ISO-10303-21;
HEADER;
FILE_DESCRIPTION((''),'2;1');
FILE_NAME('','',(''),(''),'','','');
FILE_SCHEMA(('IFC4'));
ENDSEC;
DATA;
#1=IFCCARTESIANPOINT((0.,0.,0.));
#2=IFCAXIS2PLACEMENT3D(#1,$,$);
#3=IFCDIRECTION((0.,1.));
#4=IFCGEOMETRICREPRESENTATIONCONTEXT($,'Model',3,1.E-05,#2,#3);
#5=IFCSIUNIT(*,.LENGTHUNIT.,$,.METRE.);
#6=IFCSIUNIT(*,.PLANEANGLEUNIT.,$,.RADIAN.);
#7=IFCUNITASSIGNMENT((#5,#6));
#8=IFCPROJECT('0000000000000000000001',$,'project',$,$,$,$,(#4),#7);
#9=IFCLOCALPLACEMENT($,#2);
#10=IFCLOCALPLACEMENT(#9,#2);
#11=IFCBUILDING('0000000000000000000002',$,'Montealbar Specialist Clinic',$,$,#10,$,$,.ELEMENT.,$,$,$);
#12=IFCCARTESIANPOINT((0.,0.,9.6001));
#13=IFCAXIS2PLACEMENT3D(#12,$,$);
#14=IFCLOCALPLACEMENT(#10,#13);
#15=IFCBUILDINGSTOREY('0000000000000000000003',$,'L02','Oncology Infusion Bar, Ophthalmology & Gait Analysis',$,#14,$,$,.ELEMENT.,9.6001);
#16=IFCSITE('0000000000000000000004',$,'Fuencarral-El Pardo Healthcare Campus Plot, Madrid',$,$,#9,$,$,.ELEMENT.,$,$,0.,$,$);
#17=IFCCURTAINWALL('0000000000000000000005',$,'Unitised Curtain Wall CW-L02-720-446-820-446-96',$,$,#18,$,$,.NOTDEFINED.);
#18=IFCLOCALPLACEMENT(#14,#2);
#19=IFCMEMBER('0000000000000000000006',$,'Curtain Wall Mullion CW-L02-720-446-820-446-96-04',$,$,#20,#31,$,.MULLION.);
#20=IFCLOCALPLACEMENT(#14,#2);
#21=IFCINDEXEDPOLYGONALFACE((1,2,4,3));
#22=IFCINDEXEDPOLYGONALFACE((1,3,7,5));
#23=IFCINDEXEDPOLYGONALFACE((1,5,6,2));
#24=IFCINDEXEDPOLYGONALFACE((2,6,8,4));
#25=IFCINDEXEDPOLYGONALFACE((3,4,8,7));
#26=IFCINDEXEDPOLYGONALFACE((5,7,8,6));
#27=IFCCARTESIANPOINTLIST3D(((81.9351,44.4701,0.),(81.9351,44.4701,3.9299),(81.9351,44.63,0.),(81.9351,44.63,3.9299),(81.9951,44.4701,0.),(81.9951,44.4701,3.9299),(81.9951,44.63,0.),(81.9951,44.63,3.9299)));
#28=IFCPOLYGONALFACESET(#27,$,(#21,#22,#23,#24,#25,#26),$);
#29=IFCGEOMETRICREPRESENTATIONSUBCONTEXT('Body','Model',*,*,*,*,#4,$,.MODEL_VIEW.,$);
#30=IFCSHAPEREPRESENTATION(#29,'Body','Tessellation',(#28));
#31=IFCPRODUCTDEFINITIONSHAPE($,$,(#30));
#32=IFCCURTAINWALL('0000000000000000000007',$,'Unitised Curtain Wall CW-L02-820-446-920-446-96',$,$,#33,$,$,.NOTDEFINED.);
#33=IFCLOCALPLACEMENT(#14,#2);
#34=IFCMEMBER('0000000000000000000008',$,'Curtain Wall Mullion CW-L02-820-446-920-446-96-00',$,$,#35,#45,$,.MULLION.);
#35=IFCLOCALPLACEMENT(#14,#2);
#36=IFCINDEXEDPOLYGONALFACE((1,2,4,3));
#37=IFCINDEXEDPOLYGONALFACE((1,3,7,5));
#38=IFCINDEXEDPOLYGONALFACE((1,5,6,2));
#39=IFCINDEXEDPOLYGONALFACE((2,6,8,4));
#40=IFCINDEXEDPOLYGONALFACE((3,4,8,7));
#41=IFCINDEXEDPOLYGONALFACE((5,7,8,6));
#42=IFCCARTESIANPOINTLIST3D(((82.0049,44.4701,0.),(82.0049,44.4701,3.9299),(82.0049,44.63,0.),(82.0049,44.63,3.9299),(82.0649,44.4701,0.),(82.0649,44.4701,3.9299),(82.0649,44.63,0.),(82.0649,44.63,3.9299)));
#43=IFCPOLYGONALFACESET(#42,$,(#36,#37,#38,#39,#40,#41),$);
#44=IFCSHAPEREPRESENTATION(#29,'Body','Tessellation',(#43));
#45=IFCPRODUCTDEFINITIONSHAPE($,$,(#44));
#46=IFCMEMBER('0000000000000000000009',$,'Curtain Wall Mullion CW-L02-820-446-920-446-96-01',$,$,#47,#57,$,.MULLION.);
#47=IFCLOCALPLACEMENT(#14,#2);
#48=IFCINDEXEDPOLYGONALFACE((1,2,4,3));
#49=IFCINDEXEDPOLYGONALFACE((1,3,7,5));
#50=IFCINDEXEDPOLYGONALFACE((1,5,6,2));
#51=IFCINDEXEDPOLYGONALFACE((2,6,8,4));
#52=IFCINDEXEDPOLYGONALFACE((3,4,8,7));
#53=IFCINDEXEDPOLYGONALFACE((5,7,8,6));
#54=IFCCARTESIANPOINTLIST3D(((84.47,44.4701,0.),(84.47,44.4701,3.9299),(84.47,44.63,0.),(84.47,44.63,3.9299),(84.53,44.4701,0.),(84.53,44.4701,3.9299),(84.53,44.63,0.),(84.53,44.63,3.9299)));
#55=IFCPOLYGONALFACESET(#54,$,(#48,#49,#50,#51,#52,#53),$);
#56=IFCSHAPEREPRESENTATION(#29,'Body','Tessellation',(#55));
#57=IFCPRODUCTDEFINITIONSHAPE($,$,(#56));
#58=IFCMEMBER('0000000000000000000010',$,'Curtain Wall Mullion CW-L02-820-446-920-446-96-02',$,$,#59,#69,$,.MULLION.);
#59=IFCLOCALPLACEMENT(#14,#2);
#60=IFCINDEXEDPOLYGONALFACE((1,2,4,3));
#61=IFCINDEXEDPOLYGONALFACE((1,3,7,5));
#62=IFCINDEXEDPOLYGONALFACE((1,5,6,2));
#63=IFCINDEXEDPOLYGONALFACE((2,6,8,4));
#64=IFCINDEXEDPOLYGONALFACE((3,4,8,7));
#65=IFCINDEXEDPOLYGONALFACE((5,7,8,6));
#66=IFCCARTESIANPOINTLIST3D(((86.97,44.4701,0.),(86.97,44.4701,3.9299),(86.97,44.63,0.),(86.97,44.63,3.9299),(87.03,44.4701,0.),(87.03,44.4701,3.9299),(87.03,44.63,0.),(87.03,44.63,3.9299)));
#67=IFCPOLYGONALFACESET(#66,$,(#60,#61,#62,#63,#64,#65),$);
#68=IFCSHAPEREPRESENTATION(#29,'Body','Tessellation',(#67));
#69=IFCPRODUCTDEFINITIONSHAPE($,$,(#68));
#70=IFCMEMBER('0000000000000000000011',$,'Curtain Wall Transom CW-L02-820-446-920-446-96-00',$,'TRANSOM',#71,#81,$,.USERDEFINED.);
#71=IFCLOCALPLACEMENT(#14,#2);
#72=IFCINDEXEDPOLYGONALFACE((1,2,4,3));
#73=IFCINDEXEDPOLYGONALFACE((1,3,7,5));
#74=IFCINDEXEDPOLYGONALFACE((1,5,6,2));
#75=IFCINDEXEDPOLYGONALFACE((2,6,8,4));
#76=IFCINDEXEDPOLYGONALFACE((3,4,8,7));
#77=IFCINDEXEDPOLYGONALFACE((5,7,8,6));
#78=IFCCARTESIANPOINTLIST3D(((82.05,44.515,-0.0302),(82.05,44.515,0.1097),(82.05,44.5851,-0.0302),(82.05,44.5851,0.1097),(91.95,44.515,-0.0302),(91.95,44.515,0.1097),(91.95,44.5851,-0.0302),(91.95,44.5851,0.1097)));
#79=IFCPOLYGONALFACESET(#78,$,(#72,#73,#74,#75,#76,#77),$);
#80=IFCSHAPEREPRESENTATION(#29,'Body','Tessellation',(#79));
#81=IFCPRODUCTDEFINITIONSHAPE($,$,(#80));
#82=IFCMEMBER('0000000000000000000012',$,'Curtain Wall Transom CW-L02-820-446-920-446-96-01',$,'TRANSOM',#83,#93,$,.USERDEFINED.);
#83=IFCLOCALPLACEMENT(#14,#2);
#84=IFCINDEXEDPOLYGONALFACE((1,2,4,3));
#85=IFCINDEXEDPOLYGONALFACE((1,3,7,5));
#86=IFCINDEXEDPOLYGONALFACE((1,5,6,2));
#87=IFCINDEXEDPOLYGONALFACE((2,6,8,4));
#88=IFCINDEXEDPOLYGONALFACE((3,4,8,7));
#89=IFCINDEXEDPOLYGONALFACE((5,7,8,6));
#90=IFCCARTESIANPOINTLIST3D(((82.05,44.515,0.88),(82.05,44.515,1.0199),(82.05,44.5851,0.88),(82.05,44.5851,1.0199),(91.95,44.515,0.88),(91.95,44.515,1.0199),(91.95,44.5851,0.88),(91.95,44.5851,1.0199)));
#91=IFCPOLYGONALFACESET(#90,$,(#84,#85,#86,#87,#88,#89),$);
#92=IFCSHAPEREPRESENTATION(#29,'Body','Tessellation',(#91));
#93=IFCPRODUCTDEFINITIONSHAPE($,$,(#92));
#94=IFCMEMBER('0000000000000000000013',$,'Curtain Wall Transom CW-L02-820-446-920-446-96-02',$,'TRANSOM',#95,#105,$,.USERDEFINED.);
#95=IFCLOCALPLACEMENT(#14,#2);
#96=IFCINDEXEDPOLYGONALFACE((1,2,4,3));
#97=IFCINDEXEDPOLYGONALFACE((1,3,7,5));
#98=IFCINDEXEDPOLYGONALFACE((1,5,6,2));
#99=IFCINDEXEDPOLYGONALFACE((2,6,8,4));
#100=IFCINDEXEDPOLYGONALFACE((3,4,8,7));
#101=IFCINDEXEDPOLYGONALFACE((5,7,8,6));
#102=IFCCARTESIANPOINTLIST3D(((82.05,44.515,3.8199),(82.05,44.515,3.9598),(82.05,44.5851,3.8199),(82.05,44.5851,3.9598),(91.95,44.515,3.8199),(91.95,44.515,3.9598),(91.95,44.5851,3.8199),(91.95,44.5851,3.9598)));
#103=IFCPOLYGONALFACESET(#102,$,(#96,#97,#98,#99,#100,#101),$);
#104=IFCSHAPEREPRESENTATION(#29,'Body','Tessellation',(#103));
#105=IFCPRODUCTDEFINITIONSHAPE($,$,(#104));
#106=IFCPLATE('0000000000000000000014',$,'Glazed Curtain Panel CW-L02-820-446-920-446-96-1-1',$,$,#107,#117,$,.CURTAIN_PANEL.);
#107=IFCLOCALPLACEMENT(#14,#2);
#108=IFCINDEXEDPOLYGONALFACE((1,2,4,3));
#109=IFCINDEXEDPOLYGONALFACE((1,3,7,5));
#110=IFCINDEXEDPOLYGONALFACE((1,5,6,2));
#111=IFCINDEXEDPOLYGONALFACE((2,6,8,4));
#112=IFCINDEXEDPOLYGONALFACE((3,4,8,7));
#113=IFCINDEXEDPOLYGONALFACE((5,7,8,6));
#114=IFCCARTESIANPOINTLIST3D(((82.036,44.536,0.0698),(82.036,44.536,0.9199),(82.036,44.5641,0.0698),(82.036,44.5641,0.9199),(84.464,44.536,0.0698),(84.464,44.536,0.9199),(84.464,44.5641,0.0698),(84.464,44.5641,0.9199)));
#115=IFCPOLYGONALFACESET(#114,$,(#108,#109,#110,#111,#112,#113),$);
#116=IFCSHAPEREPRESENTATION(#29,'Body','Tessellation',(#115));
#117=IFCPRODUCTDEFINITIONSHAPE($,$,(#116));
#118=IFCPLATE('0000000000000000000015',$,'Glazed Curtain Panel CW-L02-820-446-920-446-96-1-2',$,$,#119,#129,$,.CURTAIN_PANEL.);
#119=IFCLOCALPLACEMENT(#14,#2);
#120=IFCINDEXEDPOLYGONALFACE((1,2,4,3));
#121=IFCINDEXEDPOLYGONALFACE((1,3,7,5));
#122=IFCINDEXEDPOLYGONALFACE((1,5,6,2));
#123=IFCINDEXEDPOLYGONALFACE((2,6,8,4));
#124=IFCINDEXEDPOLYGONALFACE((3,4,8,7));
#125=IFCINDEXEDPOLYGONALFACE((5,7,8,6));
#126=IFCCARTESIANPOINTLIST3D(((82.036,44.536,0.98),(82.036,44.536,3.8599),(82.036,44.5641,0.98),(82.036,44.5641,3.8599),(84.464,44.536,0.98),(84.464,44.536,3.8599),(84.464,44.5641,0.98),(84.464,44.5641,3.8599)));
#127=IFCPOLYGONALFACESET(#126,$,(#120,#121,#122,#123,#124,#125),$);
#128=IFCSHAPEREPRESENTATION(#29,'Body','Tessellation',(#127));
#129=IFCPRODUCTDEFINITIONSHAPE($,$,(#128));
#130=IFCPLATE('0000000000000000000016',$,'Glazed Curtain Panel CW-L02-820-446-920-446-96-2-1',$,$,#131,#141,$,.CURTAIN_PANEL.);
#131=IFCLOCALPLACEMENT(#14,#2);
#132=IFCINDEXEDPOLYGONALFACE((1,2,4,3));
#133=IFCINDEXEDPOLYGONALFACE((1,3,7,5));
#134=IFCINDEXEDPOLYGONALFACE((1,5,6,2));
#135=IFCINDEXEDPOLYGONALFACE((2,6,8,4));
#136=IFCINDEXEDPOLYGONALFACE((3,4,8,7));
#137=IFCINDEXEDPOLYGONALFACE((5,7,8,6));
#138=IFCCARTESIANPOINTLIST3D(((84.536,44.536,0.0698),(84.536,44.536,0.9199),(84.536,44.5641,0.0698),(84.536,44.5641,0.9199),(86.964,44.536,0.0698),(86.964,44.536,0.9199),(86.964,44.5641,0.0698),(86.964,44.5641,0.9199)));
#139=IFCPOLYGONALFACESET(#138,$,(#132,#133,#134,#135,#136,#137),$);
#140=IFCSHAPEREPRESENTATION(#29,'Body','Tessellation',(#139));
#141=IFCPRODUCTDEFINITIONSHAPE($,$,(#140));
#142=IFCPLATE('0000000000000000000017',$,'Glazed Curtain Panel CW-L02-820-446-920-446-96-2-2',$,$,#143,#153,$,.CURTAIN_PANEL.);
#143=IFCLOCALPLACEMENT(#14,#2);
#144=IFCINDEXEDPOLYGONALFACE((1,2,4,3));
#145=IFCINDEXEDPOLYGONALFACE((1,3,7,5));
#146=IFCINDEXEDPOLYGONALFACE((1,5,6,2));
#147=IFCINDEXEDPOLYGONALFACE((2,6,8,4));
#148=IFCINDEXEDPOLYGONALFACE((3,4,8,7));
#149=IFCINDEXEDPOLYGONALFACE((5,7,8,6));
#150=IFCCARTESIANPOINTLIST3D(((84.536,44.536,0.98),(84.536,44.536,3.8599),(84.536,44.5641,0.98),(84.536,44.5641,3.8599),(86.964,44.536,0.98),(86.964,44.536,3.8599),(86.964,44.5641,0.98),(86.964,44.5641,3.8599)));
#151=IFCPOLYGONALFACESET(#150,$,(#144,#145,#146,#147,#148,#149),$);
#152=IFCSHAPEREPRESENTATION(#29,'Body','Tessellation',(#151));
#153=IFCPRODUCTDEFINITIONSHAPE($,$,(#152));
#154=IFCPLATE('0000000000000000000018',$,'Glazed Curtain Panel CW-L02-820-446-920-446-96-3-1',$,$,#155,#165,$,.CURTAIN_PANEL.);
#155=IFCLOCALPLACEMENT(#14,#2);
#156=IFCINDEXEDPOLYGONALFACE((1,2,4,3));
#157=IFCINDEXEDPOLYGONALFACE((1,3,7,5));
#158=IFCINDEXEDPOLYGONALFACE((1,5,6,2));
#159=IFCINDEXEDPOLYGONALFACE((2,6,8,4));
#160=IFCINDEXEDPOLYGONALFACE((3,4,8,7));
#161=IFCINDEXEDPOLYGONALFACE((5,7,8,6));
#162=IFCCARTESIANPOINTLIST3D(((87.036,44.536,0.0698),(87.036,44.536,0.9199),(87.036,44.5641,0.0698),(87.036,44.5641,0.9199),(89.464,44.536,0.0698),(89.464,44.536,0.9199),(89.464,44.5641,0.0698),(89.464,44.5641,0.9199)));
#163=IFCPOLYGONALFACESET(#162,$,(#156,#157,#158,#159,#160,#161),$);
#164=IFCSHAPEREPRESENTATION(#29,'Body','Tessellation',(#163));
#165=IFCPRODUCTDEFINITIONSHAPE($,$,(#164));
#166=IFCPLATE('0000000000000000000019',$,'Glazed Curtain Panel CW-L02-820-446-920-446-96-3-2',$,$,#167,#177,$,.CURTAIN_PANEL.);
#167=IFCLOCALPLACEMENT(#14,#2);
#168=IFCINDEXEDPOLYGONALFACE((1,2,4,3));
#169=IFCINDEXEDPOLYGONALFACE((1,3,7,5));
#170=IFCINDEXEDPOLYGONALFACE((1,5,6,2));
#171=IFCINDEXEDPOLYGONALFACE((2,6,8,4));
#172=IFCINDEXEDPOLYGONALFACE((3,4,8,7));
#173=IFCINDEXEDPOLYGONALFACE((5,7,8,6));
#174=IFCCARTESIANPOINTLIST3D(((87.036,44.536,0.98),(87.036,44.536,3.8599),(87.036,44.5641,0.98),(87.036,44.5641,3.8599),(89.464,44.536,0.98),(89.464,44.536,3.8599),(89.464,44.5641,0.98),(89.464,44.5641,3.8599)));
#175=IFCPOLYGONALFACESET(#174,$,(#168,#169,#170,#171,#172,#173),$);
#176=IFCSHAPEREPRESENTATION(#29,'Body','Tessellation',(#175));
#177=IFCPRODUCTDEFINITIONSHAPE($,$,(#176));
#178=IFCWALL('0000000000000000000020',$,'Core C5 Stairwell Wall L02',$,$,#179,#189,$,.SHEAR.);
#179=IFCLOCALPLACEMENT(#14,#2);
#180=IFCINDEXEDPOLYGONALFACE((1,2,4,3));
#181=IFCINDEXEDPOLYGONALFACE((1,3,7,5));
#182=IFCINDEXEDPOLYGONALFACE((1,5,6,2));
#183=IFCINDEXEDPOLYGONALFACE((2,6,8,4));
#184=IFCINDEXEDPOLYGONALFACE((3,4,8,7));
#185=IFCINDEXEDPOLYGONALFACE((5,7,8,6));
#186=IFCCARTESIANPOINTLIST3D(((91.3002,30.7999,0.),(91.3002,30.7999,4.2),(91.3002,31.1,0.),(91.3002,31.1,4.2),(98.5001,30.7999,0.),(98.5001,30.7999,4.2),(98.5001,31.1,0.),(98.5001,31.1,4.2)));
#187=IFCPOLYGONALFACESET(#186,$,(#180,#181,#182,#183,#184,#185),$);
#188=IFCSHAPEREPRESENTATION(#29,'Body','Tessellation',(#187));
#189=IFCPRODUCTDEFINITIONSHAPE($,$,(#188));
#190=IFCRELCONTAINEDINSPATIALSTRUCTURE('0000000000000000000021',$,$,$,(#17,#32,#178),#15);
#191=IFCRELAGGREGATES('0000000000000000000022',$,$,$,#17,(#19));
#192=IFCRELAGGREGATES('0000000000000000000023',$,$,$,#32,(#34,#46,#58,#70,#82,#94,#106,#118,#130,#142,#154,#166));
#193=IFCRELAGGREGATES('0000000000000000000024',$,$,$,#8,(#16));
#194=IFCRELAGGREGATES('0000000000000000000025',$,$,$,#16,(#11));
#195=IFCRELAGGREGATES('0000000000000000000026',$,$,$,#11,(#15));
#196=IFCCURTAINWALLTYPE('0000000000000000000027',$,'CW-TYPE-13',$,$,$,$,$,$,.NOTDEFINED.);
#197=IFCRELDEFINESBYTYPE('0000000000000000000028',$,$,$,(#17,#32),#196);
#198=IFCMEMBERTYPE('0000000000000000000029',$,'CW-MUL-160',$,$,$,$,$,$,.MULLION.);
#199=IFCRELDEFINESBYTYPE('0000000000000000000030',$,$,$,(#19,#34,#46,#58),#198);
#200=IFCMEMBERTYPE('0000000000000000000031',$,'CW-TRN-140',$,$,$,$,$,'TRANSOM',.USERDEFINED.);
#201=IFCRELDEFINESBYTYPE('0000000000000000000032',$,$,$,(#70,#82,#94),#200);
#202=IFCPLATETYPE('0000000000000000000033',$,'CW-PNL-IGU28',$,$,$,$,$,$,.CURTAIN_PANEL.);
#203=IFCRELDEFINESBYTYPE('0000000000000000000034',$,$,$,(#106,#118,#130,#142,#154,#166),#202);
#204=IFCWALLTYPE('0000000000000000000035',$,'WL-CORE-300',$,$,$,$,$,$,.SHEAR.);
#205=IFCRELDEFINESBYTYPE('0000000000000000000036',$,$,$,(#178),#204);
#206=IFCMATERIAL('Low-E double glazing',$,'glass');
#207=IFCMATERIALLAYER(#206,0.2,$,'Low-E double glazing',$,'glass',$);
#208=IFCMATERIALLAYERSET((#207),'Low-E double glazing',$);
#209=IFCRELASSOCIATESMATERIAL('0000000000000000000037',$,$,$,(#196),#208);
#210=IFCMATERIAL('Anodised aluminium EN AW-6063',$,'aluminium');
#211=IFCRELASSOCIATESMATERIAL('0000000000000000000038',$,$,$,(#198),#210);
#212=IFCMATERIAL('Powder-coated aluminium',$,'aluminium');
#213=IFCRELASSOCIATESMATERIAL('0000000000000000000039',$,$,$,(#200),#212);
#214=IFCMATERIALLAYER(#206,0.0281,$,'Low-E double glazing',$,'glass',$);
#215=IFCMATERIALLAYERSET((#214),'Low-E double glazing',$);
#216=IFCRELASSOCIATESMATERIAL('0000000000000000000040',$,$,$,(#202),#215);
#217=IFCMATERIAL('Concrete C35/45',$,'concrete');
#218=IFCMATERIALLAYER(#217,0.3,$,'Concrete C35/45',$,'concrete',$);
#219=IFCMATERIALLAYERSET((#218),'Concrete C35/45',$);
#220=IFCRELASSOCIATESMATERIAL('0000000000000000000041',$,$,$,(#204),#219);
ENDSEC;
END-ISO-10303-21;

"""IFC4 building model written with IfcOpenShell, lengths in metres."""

from ifc_helpers import new_model, si_unit, direction, frame, frame_2d, origin, origin_2d, place, context, subcontext, project, spatial, rectangle, extrude, material, layer, layer_set, material_profile, profile_set, type_object, element, aggregate, save


model = new_model("IFC4")

# Units and contexts
model_context = context("Model", 3, precision=1e-05, world=origin(), true_north=direction((0.0, 1.0)))
body_context = subcontext(model_context, "Body", "Model", "MODEL_VIEW")
ifc_project = project(units=[si_unit("LENGTHUNIT", "METRE"), si_unit("PLANEANGLEUNIT", "RADIAN")], contexts=[model_context])

# Site, building, storey
site_placement = place(None, origin())
site = spatial("IfcSite", under=ifc_project, at=site_placement, Name="Fuencarral-El Pardo Healthcare Campus Plot, Madrid", CompositionType="ELEMENT", RefElevation=0.0)
building_placement = place(site_placement, origin())
building = spatial("IfcBuilding", under=site, at=building_placement, Name="Montealbar Specialist Clinic", CompositionType="ELEMENT")
storey_placement = place(building_placement, frame((0.0, 0.0, 9.6001)))
storey = spatial("IfcBuildingStorey", under=building, at=storey_placement, Name="L02", Description="Oncology Infusion Bar, Ophthalmology & Gait Analysis", CompositionType="ELEMENT", Elevation=9.6001)

# Curtain wall, member
ifc_material_1 = material(Name="Low-E double glazing", Category="glass")
ifc_layer_1 = layer(ifc_material_1, 0.2, Name="Low-E double glazing", Category="glass")
ifc_layer_set_1 = layer_set([ifc_layer_1], Name="Low-E double glazing")
curtain_wall_type = type_object("IfcCurtainWallType", Name="CW-TYPE-13", PredefinedType="NOTDEFINED", material=ifc_layer_set_1)
curtain_wall_1_placement = place(storey_placement, origin())
curtain_wall_1 = element("IfcCurtainWall", 1, at=curtain_wall_1_placement, inside=storey, type_object=curtain_wall_type, Name="Unitised Curtain Wall CW-L02-720-446-820-446-96", PredefinedType="NOTDEFINED")
ifc_material_2 = material(Name="Anodised aluminium EN AW-6063", Category="aluminium")
ifc_material_profile_1 = material_profile(ifc_material_2, rectangle(XDim=0.0601, YDim=0.1599, at=origin_2d()), Name="ALU 60x160", Category="aluminium")
ifc_profile_set_1 = profile_set([ifc_material_profile_1], Name="Anodised aluminium EN AW-6063")
member_type_1 = type_object("IfcMemberType", Name="CW-MUL-160", PredefinedType="MULLION", material=ifc_profile_set_1)
member_1_placement = place(storey_placement, frame((81.9651, 44.55, 0.0), z_axis=(0.0, 0.0, 1.0), x_axis=(1.0, 0.0, 0.0)))
member_1 = element("IfcMember", 2, at=member_1_placement, type_object=member_type_1, Name="Curtain Wall Mullion CW-L02-720-446-820-446-96-04", PredefinedType="MULLION", context=body_context, shape_type="SweptSolid", body=[
    extrude(rectangle(XDim=0.0601, YDim=0.1599, at=origin_2d()), origin(), (0.0, 0.0, 1.0), 3.9299),
])
aggregate(curtain_wall_1, [member_1])

# Curtain wall, members, plates
curtain_wall_2_placement = place(storey_placement, origin())
curtain_wall_2 = element("IfcCurtainWall", 3, at=curtain_wall_2_placement, inside=storey, type_object=curtain_wall_type, Name="Unitised Curtain Wall CW-L02-820-446-920-446-96", PredefinedType="NOTDEFINED")
member_2_placement = place(storey_placement, frame((82.0349, 44.55, 0.0), z_axis=(0.0, 0.0, 1.0), x_axis=(1.0, 0.0, 0.0)))
member_2 = element("IfcMember", 4, at=member_2_placement, type_object=member_type_1, Name="Curtain Wall Mullion CW-L02-820-446-920-446-96-00", PredefinedType="MULLION", context=body_context, shape_type="SweptSolid", body=[
    extrude(rectangle(XDim=0.0601, YDim=0.1599, at=origin_2d()), origin(), (0.0, 0.0, 1.0), 3.9299),
])
member_3_placement = place(storey_placement, frame((84.5, 44.55, 0.0), z_axis=(0.0, 0.0, 1.0), x_axis=(1.0, 0.0, 0.0)))
member_3 = element("IfcMember", 5, at=member_3_placement, type_object=member_type_1, Name="Curtain Wall Mullion CW-L02-820-446-920-446-96-01", PredefinedType="MULLION", context=body_context, shape_type="SweptSolid", body=[
    extrude(rectangle(XDim=0.0601, YDim=0.1599, at=origin_2d()), origin(), (0.0, 0.0, 1.0), 3.9299),
])
member_4_placement = place(storey_placement, frame((87.0, 44.55, 0.0), z_axis=(0.0, 0.0, 1.0), x_axis=(1.0, 0.0, 0.0)))
member_4 = element("IfcMember", 6, at=member_4_placement, type_object=member_type_1, Name="Curtain Wall Mullion CW-L02-820-446-920-446-96-02", PredefinedType="MULLION", context=body_context, shape_type="SweptSolid", body=[
    extrude(rectangle(XDim=0.0601, YDim=0.1599, at=origin_2d()), origin(), (0.0, 0.0, 1.0), 3.9299),
])
ifc_material_3 = material(Name="Powder-coated aluminium", Category="aluminium")
ifc_material_profile_2 = material_profile(ifc_material_3, rectangle(XDim=0.0701, YDim=0.1399, at=origin_2d()), Name="ALU 70x140", Category="aluminium")
ifc_profile_set_2 = profile_set([ifc_material_profile_2], Name="Powder-coated aluminium")
member_type_2 = type_object("IfcMemberType", Name="CW-TRN-140", ElementType="TRANSOM", PredefinedType="USERDEFINED", material=ifc_profile_set_2)
member_5_placement = place(storey_placement, frame((82.05, 44.55, 0.0398), z_axis=(1.0, 0.0, 0.0), x_axis=(0.0, 1.0, 0.0)))
member_5 = element("IfcMember", 7, at=member_5_placement, type_object=member_type_2, Name="Curtain Wall Transom CW-L02-820-446-920-446-96-00", ObjectType="TRANSOM", PredefinedType="USERDEFINED", context=body_context, shape_type="SweptSolid", body=[
    extrude(rectangle(XDim=0.0701, YDim=0.1399, at=origin_2d()), origin(), (0.0, 0.0, 1.0), 9.8999),
])
member_6_placement = place(storey_placement, frame((82.05, 44.55, 0.95), z_axis=(1.0, 0.0, 0.0), x_axis=(0.0, 1.0, 0.0)))
member_6 = element("IfcMember", 8, at=member_6_placement, type_object=member_type_2, Name="Curtain Wall Transom CW-L02-820-446-920-446-96-01", ObjectType="TRANSOM", PredefinedType="USERDEFINED", context=body_context, shape_type="SweptSolid", body=[
    extrude(rectangle(XDim=0.0701, YDim=0.1399, at=origin_2d()), origin(), (0.0, 0.0, 1.0), 9.8999),
])
member_7_placement = place(storey_placement, frame((82.05, 44.55, 3.8899), z_axis=(1.0, 0.0, 0.0), x_axis=(0.0, 1.0, 0.0)))
member_7 = element("IfcMember", 9, at=member_7_placement, type_object=member_type_2, Name="Curtain Wall Transom CW-L02-820-446-920-446-96-02", ObjectType="TRANSOM", PredefinedType="USERDEFINED", context=body_context, shape_type="SweptSolid", body=[
    extrude(rectangle(XDim=0.0701, YDim=0.1399, at=origin_2d()), origin(), (0.0, 0.0, 1.0), 9.8999),
])
ifc_layer_2 = layer(ifc_material_1, 0.0281, Name="Low-E double glazing", Category="glass")
ifc_layer_set_2 = layer_set([ifc_layer_2], Name="Low-E double glazing")
plate_type = type_object("IfcPlateType", Name="CW-PNL-IGU28", PredefinedType="CURTAIN_PANEL", material=ifc_layer_set_2)
plate_1_placement = place(storey_placement, frame((83.25, 44.55, 0.0698), z_axis=(0.0, 0.0, 1.0), x_axis=(1.0, 0.0, 0.0)))
plate_1 = element("IfcPlate", 10, at=plate_1_placement, type_object=plate_type, Name="Glazed Curtain Panel CW-L02-820-446-920-446-96-1-1", PredefinedType="CURTAIN_PANEL", context=body_context, shape_type="SweptSolid", body=[
    extrude(rectangle(XDim=2.428, YDim=0.0281, at=origin_2d()), origin(), (0.0, 0.0, 1.0), 0.8501),
])
plate_2_placement = place(storey_placement, frame((83.25, 44.55, 0.98), z_axis=(0.0, 0.0, 1.0), x_axis=(1.0, 0.0, 0.0)))
plate_2 = element("IfcPlate", 11, at=plate_2_placement, type_object=plate_type, Name="Glazed Curtain Panel CW-L02-820-446-920-446-96-1-2", PredefinedType="CURTAIN_PANEL", context=body_context, shape_type="SweptSolid", body=[
    extrude(rectangle(XDim=2.428, YDim=0.0281, at=origin_2d()), origin(), (0.0, 0.0, 1.0), 2.8799),
])
plate_3_placement = place(storey_placement, frame((85.75, 44.55, 0.0698), z_axis=(0.0, 0.0, 1.0), x_axis=(1.0, 0.0, 0.0)))
plate_3 = element("IfcPlate", 12, at=plate_3_placement, type_object=plate_type, Name="Glazed Curtain Panel CW-L02-820-446-920-446-96-2-1", PredefinedType="CURTAIN_PANEL", context=body_context, shape_type="SweptSolid", body=[
    extrude(rectangle(XDim=2.428, YDim=0.0281, at=origin_2d()), origin(), (0.0, 0.0, 1.0), 0.8501),
])
plate_4_placement = place(storey_placement, frame((85.75, 44.55, 0.98), z_axis=(0.0, 0.0, 1.0), x_axis=(1.0, 0.0, 0.0)))
plate_4 = element("IfcPlate", 13, at=plate_4_placement, type_object=plate_type, Name="Glazed Curtain Panel CW-L02-820-446-920-446-96-2-2", PredefinedType="CURTAIN_PANEL", context=body_context, shape_type="SweptSolid", body=[
    extrude(rectangle(XDim=2.428, YDim=0.0281, at=origin_2d()), origin(), (0.0, 0.0, 1.0), 2.8799),
])
plate_5_placement = place(storey_placement, frame((88.25, 44.55, 0.0698), z_axis=(0.0, 0.0, 1.0), x_axis=(1.0, 0.0, 0.0)))
plate_5 = element("IfcPlate", 14, at=plate_5_placement, type_object=plate_type, Name="Glazed Curtain Panel CW-L02-820-446-920-446-96-3-1", PredefinedType="CURTAIN_PANEL", context=body_context, shape_type="SweptSolid", body=[
    extrude(rectangle(XDim=2.428, YDim=0.0281, at=origin_2d()), origin(), (0.0, 0.0, 1.0), 0.8501),
])
plate_6_placement = place(storey_placement, frame((88.25, 44.55, 0.98), z_axis=(0.0, 0.0, 1.0), x_axis=(1.0, 0.0, 0.0)))
plate_6 = element("IfcPlate", 15, at=plate_6_placement, type_object=plate_type, Name="Glazed Curtain Panel CW-L02-820-446-920-446-96-3-2", PredefinedType="CURTAIN_PANEL", context=body_context, shape_type="SweptSolid", body=[
    extrude(rectangle(XDim=2.428, YDim=0.0281, at=origin_2d()), origin(), (0.0, 0.0, 1.0), 2.8799),
])
aggregate(curtain_wall_2, [member_2, member_3, member_4, member_5, member_6, member_7, plate_1, plate_2, plate_3, plate_4, plate_5, plate_6])

# Wall
ifc_material_4 = material(Name="Concrete C35/45", Category="concrete")
ifc_layer_3 = layer(ifc_material_4, 0.3, Name="Concrete C35/45", Category="concrete")
ifc_layer_set_3 = layer_set([ifc_layer_3], Name="Concrete C35/45")
wall_type_1 = type_object("IfcWallType", Name="WL-CORE-300", PredefinedType="SHEAR", material=ifc_layer_set_3)
wall_1_placement = place(storey_placement, frame((91.3, 30.95, 0.0), z_axis=(0.0, 0.0, 1.0), x_axis=(1.0, 0.0, 0.0)))
element("IfcWall", 16, at=wall_1_placement, inside=storey, type_object=wall_type_1, Name="Core C5 Stairwell Wall L02", PredefinedType="SHEAR", context=body_context, shape_type="SweptSolid", body=[
    extrude(rectangle(XDim=7.2, YDim=0.3, at=frame_2d((3.6001, 0.0))), origin(), (0.0, 0.0, 1.0), 4.2),
])

save(model, "model.ifc")
